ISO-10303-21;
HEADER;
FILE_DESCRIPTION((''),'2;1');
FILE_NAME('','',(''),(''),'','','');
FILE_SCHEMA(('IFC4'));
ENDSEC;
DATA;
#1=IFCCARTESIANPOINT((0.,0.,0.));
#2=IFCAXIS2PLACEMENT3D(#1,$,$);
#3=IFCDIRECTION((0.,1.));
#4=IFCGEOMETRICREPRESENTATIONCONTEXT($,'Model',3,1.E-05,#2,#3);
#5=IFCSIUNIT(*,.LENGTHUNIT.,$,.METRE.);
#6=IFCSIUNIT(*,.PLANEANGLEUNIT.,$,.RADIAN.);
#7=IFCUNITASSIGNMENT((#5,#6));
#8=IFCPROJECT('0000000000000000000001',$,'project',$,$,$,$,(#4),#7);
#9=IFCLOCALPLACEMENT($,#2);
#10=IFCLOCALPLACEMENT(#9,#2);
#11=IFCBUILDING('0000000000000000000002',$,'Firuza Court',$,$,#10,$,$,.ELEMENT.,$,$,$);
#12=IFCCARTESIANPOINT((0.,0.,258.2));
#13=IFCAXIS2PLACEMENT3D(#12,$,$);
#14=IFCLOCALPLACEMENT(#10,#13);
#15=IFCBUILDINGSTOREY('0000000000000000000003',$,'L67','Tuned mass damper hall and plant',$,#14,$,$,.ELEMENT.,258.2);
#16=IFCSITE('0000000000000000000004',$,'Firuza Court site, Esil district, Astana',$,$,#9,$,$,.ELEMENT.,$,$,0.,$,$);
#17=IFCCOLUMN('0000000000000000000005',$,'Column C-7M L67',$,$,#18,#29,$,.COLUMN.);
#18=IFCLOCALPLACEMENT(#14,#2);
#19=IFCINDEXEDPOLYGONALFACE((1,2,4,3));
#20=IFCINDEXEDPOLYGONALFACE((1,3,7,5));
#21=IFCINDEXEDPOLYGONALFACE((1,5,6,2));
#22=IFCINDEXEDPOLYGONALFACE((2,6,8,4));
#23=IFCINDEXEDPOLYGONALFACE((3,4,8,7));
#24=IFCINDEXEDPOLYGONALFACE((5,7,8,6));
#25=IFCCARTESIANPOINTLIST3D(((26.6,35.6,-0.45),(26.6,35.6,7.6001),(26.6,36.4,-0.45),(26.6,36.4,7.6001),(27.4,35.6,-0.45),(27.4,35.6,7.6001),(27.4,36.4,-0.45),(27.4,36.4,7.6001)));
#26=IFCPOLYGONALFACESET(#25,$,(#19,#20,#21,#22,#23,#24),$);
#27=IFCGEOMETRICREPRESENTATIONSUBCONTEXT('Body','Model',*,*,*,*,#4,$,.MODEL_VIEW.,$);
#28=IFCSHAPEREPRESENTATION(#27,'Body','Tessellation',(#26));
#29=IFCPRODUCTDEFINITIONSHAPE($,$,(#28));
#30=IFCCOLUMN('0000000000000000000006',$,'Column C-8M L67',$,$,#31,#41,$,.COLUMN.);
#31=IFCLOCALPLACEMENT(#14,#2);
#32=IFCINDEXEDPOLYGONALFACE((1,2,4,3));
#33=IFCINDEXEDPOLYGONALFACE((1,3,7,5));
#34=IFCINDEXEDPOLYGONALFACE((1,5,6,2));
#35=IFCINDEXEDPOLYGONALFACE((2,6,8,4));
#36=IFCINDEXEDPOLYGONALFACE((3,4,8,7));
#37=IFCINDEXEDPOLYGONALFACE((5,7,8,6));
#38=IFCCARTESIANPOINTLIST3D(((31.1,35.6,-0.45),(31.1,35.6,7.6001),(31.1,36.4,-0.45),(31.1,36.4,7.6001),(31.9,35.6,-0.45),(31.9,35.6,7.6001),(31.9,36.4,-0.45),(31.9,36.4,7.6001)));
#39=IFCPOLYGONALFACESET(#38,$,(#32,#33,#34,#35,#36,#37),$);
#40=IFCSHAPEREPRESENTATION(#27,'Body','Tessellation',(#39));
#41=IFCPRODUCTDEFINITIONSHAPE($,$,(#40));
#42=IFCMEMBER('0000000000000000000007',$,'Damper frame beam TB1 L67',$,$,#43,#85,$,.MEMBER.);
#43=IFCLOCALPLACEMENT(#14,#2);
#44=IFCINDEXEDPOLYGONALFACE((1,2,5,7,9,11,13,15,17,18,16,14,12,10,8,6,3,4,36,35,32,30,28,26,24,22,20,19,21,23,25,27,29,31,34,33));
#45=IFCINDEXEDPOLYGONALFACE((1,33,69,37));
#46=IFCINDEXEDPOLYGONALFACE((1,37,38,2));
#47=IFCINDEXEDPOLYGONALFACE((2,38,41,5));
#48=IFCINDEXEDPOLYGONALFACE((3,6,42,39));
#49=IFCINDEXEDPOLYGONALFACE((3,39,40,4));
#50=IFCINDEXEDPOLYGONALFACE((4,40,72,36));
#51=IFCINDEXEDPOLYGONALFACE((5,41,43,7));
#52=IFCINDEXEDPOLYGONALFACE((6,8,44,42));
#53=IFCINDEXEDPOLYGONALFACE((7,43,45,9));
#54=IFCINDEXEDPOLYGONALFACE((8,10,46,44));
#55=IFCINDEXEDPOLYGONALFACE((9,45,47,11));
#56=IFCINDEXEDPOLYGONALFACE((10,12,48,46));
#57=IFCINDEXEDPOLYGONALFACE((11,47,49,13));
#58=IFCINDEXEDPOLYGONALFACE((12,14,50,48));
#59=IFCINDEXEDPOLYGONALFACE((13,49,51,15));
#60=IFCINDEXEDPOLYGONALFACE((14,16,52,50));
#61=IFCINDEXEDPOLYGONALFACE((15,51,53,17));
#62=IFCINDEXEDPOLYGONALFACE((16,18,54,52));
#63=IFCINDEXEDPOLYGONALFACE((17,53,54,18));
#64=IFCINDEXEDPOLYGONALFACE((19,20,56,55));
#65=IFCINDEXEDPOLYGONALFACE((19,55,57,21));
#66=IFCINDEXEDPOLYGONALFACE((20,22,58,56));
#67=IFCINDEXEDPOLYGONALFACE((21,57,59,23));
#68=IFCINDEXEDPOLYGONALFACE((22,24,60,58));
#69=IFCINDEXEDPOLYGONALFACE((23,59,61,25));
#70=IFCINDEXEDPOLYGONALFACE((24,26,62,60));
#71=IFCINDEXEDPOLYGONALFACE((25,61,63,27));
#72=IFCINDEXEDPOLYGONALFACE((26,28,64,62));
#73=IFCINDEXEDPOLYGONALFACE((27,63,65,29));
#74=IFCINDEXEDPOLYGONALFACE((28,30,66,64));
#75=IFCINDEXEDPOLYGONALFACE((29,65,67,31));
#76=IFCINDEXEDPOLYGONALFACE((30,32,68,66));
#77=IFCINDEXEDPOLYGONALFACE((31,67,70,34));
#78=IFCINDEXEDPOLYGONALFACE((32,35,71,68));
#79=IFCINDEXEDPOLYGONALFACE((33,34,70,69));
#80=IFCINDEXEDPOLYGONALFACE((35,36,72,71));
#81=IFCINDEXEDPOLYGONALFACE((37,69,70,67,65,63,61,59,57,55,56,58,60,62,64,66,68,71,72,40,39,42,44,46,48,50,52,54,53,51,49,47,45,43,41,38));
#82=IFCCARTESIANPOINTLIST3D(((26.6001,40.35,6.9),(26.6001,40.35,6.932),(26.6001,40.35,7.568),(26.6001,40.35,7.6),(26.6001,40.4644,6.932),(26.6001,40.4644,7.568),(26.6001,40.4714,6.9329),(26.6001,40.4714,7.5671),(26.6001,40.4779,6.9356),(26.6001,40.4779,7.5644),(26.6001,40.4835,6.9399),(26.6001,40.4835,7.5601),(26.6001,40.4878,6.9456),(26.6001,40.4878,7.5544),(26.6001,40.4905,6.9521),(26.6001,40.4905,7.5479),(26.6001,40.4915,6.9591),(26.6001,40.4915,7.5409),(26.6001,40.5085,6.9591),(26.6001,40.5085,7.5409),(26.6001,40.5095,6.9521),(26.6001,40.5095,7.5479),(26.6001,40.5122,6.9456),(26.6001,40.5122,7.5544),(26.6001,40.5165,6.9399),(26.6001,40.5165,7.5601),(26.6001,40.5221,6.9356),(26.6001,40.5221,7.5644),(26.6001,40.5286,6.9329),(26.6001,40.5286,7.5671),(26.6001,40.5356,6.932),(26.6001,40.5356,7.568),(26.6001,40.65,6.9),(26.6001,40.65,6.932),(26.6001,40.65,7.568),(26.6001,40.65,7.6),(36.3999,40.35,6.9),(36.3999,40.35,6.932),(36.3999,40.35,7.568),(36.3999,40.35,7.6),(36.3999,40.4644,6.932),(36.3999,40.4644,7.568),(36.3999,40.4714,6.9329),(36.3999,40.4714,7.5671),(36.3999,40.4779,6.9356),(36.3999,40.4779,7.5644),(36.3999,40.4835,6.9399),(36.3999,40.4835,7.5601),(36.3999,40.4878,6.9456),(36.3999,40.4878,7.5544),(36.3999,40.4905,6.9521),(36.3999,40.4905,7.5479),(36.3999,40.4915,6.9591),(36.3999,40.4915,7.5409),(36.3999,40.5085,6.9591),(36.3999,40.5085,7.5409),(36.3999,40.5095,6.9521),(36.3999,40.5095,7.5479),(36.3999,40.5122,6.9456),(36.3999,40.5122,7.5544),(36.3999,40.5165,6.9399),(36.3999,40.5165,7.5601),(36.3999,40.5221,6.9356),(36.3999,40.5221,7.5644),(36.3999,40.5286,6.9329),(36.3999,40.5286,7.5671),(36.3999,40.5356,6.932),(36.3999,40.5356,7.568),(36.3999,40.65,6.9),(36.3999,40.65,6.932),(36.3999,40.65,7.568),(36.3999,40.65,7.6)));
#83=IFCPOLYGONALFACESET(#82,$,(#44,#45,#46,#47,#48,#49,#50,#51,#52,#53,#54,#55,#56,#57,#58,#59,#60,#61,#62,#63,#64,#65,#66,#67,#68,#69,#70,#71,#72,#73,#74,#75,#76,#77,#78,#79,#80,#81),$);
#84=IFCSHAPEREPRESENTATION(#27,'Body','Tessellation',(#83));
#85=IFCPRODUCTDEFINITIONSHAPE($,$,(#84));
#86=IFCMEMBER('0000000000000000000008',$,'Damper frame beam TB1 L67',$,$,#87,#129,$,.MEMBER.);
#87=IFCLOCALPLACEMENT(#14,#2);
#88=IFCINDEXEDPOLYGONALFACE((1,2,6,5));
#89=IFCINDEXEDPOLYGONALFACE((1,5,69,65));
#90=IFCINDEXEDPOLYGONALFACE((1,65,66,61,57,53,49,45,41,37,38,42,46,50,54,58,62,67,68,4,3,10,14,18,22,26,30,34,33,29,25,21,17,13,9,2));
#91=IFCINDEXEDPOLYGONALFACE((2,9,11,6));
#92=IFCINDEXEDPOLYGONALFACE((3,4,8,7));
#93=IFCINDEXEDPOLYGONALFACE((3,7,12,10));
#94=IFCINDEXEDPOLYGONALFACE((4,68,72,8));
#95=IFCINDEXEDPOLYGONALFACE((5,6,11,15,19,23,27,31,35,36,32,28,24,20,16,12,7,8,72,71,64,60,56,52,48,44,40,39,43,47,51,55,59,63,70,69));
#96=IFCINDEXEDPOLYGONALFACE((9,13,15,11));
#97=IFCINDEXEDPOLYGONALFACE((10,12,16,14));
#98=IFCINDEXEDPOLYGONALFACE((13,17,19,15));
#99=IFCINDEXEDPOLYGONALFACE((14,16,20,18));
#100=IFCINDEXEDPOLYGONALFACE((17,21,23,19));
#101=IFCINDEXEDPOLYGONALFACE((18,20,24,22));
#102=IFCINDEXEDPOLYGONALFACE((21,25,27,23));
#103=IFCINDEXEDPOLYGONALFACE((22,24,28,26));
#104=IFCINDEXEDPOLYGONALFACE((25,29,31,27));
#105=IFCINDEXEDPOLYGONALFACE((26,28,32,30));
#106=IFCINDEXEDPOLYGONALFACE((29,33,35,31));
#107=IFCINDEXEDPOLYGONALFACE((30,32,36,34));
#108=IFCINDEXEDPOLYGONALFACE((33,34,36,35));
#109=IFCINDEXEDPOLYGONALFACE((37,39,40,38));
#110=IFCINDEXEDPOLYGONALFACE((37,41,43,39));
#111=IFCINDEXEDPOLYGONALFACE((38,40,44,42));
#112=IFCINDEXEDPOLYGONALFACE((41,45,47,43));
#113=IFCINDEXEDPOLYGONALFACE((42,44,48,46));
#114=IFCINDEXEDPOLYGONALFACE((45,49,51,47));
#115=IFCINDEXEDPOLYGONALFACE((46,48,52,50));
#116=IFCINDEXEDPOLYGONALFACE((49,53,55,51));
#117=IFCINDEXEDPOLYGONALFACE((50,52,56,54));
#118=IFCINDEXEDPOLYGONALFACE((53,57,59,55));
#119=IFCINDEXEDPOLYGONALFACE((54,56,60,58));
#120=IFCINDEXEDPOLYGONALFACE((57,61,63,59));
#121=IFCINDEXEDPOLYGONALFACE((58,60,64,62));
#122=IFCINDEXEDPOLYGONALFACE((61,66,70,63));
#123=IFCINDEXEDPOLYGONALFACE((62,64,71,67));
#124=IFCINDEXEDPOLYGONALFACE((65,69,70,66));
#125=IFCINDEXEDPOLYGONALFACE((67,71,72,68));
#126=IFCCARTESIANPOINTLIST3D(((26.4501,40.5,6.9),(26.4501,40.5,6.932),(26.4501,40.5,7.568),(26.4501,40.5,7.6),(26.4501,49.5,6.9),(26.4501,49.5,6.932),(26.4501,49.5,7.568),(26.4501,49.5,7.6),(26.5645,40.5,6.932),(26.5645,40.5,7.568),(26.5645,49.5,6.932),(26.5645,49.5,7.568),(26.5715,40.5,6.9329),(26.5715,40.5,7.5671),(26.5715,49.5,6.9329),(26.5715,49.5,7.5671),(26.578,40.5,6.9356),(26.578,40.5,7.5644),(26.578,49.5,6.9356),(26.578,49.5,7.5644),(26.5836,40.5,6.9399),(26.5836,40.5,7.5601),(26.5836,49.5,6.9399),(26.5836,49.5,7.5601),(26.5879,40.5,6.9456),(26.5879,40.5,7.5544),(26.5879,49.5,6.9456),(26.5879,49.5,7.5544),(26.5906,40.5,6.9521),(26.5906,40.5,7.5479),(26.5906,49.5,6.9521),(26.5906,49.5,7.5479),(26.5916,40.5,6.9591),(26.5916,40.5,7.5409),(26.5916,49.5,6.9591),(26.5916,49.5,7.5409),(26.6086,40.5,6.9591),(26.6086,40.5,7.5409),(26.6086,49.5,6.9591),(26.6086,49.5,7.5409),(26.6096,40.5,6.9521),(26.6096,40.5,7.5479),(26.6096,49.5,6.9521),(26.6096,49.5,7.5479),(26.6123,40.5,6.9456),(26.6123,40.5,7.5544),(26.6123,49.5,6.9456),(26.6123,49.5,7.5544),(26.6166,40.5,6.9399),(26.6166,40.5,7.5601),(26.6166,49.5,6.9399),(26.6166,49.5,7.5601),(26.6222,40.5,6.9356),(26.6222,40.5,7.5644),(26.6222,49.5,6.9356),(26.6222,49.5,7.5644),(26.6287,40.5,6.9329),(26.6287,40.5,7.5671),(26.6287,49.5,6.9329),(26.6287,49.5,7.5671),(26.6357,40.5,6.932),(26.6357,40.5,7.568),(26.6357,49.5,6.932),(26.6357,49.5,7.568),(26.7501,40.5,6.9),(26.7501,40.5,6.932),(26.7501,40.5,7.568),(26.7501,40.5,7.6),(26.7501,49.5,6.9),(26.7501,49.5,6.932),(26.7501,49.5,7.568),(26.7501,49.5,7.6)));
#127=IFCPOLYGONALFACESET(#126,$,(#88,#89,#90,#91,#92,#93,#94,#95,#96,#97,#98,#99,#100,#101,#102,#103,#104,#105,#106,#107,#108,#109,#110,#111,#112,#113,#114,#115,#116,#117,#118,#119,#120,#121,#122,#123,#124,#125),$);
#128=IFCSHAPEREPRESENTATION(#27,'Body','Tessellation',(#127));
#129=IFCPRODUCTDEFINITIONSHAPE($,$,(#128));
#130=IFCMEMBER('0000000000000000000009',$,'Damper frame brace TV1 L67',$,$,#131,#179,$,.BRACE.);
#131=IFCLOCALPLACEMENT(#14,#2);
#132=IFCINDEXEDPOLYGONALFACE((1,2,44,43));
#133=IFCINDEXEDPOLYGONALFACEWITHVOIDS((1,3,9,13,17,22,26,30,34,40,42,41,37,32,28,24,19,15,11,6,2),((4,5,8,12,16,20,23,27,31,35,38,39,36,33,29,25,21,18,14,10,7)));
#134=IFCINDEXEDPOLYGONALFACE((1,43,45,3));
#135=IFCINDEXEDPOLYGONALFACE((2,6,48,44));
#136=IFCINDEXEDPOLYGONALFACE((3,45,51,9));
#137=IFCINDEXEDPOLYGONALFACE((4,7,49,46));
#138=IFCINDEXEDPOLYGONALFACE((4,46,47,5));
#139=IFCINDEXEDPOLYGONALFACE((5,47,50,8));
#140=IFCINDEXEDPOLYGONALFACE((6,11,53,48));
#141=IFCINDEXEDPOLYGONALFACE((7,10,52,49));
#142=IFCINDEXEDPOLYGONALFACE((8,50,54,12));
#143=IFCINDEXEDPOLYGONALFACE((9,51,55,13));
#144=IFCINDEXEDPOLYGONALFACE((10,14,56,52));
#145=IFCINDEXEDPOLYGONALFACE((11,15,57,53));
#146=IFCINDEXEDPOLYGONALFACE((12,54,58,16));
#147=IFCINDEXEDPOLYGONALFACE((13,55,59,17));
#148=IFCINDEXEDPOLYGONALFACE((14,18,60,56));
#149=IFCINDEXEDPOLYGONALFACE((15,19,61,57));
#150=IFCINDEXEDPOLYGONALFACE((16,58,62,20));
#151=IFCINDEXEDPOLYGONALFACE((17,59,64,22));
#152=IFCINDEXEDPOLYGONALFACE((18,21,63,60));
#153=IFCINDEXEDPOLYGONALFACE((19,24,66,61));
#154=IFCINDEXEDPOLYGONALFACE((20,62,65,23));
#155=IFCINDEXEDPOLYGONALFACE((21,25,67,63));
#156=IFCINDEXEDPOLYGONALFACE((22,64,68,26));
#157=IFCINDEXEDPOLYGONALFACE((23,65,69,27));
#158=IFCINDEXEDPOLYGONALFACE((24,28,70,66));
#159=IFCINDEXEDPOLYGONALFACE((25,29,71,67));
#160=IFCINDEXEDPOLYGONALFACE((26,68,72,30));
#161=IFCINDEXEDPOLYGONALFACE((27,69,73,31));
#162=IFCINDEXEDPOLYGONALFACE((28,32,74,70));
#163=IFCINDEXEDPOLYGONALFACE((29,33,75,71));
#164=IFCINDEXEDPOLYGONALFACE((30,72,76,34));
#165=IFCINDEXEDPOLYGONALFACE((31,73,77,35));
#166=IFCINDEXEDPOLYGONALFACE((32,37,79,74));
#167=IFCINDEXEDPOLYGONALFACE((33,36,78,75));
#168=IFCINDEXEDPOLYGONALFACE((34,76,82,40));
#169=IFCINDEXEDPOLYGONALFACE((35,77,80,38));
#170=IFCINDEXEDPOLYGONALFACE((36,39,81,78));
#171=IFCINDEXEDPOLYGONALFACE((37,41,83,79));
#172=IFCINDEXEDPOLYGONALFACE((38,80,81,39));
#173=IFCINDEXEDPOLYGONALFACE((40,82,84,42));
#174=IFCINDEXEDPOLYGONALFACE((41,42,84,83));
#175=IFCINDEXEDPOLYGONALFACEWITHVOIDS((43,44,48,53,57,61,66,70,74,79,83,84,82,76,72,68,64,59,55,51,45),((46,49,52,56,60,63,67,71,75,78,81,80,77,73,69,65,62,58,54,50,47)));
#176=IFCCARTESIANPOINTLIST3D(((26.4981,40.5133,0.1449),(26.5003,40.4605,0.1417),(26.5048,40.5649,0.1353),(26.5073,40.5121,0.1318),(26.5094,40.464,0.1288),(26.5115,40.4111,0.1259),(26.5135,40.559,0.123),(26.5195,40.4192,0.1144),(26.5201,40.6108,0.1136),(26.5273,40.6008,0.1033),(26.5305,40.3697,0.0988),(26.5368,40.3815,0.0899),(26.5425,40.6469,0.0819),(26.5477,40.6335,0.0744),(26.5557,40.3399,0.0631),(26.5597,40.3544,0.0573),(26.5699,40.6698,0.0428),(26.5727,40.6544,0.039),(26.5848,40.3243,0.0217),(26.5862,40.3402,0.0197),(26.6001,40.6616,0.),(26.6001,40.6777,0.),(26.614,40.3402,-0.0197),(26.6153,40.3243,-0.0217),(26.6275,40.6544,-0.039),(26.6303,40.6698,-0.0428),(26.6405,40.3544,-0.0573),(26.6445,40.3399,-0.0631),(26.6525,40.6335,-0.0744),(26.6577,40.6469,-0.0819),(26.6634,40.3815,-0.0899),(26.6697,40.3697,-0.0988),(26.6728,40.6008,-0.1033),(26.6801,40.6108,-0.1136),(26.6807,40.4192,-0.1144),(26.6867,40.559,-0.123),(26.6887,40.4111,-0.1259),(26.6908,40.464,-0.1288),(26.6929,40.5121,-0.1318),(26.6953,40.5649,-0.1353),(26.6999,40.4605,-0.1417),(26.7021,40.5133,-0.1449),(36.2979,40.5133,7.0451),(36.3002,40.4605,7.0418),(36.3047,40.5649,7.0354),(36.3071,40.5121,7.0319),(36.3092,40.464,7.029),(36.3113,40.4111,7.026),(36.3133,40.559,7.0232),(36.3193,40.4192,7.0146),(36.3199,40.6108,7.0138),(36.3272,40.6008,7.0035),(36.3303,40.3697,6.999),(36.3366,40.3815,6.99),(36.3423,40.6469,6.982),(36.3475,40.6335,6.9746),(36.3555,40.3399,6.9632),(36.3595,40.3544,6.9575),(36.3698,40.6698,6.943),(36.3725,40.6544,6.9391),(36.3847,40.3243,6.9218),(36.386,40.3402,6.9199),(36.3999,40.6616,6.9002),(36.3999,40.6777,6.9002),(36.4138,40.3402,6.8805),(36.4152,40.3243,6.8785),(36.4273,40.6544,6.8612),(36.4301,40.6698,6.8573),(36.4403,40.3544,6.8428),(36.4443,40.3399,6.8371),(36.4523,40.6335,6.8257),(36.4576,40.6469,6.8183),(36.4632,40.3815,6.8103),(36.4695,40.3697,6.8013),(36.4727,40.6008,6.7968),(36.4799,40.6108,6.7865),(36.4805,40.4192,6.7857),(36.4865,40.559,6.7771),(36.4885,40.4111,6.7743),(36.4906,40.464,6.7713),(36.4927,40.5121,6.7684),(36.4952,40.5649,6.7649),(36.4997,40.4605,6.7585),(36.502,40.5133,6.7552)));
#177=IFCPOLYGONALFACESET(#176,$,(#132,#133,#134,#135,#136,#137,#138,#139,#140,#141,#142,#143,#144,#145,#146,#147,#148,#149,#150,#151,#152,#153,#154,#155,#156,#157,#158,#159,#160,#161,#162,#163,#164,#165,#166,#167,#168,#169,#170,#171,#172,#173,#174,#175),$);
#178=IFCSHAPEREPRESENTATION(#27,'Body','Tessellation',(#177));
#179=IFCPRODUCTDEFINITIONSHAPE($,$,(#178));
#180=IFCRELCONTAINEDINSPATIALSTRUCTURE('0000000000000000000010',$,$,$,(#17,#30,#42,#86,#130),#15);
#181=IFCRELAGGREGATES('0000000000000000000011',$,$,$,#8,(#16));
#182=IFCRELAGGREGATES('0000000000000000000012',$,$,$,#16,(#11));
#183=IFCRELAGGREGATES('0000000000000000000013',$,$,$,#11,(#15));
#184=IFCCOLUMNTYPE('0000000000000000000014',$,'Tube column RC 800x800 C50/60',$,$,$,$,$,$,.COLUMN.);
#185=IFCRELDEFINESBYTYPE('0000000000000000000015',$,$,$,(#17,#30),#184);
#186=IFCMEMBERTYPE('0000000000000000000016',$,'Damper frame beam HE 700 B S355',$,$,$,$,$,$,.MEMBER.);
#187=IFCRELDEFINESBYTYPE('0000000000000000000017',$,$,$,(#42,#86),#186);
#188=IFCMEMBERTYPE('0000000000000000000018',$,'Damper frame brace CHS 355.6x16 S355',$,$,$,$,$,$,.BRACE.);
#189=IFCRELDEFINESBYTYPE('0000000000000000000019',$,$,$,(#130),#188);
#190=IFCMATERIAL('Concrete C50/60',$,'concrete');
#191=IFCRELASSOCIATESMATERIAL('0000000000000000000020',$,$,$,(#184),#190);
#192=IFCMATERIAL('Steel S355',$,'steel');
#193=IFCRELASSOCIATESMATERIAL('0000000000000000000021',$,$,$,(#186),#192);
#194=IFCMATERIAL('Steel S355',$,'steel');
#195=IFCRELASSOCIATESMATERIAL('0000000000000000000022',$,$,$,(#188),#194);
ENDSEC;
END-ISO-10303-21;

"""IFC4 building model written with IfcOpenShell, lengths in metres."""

from ifc_helpers import new_model, si_unit, direction, frame, origin, origin_2d, place, context, subcontext, project, spatial, rectangle, hollow_circle, i_section, extrude, material, material_profile, profile_set, type_object, element, save


model = new_model("IFC4")

# Units and contexts
model_context = context("Model", 3, precision=1e-05, world=origin(), true_north=direction((0.0, 1.0)))
body_context = subcontext(model_context, "Body", "Model", "MODEL_VIEW")
ifc_project = project(units=[si_unit("LENGTHUNIT", "METRE"), si_unit("PLANEANGLEUNIT", "RADIAN")], contexts=[model_context])

# Site, building, storey
site_placement = place(None, origin())
site = spatial("IfcSite", under=ifc_project, at=site_placement, Name="Firuza Court site, Esil district, Astana", CompositionType="ELEMENT", RefElevation=0.0)
building_placement = place(site_placement, origin())
building = spatial("IfcBuilding", under=site, at=building_placement, Name="Firuza Court", CompositionType="ELEMENT")
storey_placement = place(building_placement, frame((0.0, 0.0, 258.2)))
storey = spatial("IfcBuildingStorey", under=building, at=storey_placement, Name="L67", Description="Tuned mass damper hall and plant", CompositionType="ELEMENT", Elevation=258.2)

# Columns
ifc_material_1 = material(Name="Concrete C50/60", Category="concrete")
ifc_material_profile_1 = material_profile(ifc_material_1, rectangle(XDim=0.8, YDim=0.8, at=origin_2d()), Name="RC 800x800")
ifc_profile_set_1 = profile_set([ifc_material_profile_1], Name="Concrete C50/60")
column_type = type_object("IfcColumnType", Name="Tube column RC 800x800 C50/60", PredefinedType="COLUMN", material=ifc_profile_set_1)
for number, where, z_axis, x_axis, name in (
    (1, (27.0, 36.0, -0.45), (0.0, 0.0, 1.0), (1.0, 0.0, 0.0), "Column C-7M L67"),
    (2, (31.5, 36.0, -0.45), (0.0, 0.0, 1.0), (1.0, 0.0, 0.0), "Column C-8M L67"),
):
    element("IfcColumn", number, at=place(storey_placement, frame(where, z_axis=z_axis, x_axis=x_axis)), inside=storey, type_object=column_type, Name=name, PredefinedType="COLUMN", context=body_context, shape_type="SweptSolid", body=[
        extrude(rectangle(XDim=0.8, YDim=0.8, at=origin_2d()), origin(), (0.0, 0.0, 1.0), 8.05),
    ])

# Members
ifc_material_2 = material(Name="Steel S355", Category="steel")
ifc_material_profile_2 = material_profile(ifc_material_2, i_section(OverallWidth=0.3, OverallDepth=0.7, WebThickness=0.0171, FlangeThickness=0.032, FilletRadius=0.0271, at=origin_2d()), Name="HE 700 B")
ifc_profile_set_2 = profile_set([ifc_material_profile_2], Name="Steel S355")
member_type_1 = type_object("IfcMemberType", Name="Damper frame beam HE 700 B S355", PredefinedType="MEMBER", material=ifc_profile_set_2)
member_1_placement = place(storey_placement, frame((26.6001, 40.5, 7.25), z_axis=(1.0, 0.0, 0.0), x_axis=(0.0, 1.0, 0.0)))
element("IfcMember", 3, at=member_1_placement, inside=storey, type_object=member_type_1, Name="Damper frame beam TB1 L67", PredefinedType="MEMBER", context=body_context, shape_type="SweptSolid", body=[
    extrude(i_section(OverallWidth=0.3, OverallDepth=0.7, WebThickness=0.0171, FlangeThickness=0.032, FilletRadius=0.0271, at=origin_2d()), origin(), (0.0, 0.0, 1.0), 9.7998),
])
member_2_placement = place(storey_placement, frame((26.6001, 40.5, 7.25), z_axis=(0.0, 1.0, 0.0), x_axis=(-1.0, 0.0, 0.0)))
element("IfcMember", 4, at=member_2_placement, inside=storey, type_object=member_type_1, Name="Damper frame beam TB1 L67", PredefinedType="MEMBER", context=body_context, shape_type="SweptSolid", body=[
    extrude(i_section(OverallWidth=0.3, OverallDepth=0.7, WebThickness=0.0171, FlangeThickness=0.032, FilletRadius=0.0271, at=origin_2d()), origin(), (0.0, 0.0, 1.0), 9.0),
])
ifc_material_3 = material(Name="Steel S355", Category="steel")
ifc_material_profile_3 = material_profile(ifc_material_3, hollow_circle(Radius=0.1777, WallThickness=0.0161, at=origin_2d()), Name="CHS 355.6x16")
ifc_profile_set_3 = profile_set([ifc_material_profile_3], Name="Steel S355")
member_type_2 = type_object("IfcMemberType", Name="Damper frame brace CHS 355.6x16 S355", PredefinedType="BRACE", material=ifc_profile_set_3)
member_3_placement = place(storey_placement, frame((26.6001, 40.5, 0.0), z_axis=(0.81765, 0.0, 0.575716), x_axis=(0.0, 1.0, 0.0)))
element("IfcMember", 5, at=member_3_placement, inside=storey, type_object=member_type_2, Name="Damper frame brace TV1 L67", PredefinedType="BRACE", context=body_context, shape_type="SweptSolid", body=[
    extrude(hollow_circle(Radius=0.1777, WallThickness=0.0161, at=origin_2d()), origin(), (0.0, 0.0, 1.0), 11.9854),
])

save(model, "model.ifc")
